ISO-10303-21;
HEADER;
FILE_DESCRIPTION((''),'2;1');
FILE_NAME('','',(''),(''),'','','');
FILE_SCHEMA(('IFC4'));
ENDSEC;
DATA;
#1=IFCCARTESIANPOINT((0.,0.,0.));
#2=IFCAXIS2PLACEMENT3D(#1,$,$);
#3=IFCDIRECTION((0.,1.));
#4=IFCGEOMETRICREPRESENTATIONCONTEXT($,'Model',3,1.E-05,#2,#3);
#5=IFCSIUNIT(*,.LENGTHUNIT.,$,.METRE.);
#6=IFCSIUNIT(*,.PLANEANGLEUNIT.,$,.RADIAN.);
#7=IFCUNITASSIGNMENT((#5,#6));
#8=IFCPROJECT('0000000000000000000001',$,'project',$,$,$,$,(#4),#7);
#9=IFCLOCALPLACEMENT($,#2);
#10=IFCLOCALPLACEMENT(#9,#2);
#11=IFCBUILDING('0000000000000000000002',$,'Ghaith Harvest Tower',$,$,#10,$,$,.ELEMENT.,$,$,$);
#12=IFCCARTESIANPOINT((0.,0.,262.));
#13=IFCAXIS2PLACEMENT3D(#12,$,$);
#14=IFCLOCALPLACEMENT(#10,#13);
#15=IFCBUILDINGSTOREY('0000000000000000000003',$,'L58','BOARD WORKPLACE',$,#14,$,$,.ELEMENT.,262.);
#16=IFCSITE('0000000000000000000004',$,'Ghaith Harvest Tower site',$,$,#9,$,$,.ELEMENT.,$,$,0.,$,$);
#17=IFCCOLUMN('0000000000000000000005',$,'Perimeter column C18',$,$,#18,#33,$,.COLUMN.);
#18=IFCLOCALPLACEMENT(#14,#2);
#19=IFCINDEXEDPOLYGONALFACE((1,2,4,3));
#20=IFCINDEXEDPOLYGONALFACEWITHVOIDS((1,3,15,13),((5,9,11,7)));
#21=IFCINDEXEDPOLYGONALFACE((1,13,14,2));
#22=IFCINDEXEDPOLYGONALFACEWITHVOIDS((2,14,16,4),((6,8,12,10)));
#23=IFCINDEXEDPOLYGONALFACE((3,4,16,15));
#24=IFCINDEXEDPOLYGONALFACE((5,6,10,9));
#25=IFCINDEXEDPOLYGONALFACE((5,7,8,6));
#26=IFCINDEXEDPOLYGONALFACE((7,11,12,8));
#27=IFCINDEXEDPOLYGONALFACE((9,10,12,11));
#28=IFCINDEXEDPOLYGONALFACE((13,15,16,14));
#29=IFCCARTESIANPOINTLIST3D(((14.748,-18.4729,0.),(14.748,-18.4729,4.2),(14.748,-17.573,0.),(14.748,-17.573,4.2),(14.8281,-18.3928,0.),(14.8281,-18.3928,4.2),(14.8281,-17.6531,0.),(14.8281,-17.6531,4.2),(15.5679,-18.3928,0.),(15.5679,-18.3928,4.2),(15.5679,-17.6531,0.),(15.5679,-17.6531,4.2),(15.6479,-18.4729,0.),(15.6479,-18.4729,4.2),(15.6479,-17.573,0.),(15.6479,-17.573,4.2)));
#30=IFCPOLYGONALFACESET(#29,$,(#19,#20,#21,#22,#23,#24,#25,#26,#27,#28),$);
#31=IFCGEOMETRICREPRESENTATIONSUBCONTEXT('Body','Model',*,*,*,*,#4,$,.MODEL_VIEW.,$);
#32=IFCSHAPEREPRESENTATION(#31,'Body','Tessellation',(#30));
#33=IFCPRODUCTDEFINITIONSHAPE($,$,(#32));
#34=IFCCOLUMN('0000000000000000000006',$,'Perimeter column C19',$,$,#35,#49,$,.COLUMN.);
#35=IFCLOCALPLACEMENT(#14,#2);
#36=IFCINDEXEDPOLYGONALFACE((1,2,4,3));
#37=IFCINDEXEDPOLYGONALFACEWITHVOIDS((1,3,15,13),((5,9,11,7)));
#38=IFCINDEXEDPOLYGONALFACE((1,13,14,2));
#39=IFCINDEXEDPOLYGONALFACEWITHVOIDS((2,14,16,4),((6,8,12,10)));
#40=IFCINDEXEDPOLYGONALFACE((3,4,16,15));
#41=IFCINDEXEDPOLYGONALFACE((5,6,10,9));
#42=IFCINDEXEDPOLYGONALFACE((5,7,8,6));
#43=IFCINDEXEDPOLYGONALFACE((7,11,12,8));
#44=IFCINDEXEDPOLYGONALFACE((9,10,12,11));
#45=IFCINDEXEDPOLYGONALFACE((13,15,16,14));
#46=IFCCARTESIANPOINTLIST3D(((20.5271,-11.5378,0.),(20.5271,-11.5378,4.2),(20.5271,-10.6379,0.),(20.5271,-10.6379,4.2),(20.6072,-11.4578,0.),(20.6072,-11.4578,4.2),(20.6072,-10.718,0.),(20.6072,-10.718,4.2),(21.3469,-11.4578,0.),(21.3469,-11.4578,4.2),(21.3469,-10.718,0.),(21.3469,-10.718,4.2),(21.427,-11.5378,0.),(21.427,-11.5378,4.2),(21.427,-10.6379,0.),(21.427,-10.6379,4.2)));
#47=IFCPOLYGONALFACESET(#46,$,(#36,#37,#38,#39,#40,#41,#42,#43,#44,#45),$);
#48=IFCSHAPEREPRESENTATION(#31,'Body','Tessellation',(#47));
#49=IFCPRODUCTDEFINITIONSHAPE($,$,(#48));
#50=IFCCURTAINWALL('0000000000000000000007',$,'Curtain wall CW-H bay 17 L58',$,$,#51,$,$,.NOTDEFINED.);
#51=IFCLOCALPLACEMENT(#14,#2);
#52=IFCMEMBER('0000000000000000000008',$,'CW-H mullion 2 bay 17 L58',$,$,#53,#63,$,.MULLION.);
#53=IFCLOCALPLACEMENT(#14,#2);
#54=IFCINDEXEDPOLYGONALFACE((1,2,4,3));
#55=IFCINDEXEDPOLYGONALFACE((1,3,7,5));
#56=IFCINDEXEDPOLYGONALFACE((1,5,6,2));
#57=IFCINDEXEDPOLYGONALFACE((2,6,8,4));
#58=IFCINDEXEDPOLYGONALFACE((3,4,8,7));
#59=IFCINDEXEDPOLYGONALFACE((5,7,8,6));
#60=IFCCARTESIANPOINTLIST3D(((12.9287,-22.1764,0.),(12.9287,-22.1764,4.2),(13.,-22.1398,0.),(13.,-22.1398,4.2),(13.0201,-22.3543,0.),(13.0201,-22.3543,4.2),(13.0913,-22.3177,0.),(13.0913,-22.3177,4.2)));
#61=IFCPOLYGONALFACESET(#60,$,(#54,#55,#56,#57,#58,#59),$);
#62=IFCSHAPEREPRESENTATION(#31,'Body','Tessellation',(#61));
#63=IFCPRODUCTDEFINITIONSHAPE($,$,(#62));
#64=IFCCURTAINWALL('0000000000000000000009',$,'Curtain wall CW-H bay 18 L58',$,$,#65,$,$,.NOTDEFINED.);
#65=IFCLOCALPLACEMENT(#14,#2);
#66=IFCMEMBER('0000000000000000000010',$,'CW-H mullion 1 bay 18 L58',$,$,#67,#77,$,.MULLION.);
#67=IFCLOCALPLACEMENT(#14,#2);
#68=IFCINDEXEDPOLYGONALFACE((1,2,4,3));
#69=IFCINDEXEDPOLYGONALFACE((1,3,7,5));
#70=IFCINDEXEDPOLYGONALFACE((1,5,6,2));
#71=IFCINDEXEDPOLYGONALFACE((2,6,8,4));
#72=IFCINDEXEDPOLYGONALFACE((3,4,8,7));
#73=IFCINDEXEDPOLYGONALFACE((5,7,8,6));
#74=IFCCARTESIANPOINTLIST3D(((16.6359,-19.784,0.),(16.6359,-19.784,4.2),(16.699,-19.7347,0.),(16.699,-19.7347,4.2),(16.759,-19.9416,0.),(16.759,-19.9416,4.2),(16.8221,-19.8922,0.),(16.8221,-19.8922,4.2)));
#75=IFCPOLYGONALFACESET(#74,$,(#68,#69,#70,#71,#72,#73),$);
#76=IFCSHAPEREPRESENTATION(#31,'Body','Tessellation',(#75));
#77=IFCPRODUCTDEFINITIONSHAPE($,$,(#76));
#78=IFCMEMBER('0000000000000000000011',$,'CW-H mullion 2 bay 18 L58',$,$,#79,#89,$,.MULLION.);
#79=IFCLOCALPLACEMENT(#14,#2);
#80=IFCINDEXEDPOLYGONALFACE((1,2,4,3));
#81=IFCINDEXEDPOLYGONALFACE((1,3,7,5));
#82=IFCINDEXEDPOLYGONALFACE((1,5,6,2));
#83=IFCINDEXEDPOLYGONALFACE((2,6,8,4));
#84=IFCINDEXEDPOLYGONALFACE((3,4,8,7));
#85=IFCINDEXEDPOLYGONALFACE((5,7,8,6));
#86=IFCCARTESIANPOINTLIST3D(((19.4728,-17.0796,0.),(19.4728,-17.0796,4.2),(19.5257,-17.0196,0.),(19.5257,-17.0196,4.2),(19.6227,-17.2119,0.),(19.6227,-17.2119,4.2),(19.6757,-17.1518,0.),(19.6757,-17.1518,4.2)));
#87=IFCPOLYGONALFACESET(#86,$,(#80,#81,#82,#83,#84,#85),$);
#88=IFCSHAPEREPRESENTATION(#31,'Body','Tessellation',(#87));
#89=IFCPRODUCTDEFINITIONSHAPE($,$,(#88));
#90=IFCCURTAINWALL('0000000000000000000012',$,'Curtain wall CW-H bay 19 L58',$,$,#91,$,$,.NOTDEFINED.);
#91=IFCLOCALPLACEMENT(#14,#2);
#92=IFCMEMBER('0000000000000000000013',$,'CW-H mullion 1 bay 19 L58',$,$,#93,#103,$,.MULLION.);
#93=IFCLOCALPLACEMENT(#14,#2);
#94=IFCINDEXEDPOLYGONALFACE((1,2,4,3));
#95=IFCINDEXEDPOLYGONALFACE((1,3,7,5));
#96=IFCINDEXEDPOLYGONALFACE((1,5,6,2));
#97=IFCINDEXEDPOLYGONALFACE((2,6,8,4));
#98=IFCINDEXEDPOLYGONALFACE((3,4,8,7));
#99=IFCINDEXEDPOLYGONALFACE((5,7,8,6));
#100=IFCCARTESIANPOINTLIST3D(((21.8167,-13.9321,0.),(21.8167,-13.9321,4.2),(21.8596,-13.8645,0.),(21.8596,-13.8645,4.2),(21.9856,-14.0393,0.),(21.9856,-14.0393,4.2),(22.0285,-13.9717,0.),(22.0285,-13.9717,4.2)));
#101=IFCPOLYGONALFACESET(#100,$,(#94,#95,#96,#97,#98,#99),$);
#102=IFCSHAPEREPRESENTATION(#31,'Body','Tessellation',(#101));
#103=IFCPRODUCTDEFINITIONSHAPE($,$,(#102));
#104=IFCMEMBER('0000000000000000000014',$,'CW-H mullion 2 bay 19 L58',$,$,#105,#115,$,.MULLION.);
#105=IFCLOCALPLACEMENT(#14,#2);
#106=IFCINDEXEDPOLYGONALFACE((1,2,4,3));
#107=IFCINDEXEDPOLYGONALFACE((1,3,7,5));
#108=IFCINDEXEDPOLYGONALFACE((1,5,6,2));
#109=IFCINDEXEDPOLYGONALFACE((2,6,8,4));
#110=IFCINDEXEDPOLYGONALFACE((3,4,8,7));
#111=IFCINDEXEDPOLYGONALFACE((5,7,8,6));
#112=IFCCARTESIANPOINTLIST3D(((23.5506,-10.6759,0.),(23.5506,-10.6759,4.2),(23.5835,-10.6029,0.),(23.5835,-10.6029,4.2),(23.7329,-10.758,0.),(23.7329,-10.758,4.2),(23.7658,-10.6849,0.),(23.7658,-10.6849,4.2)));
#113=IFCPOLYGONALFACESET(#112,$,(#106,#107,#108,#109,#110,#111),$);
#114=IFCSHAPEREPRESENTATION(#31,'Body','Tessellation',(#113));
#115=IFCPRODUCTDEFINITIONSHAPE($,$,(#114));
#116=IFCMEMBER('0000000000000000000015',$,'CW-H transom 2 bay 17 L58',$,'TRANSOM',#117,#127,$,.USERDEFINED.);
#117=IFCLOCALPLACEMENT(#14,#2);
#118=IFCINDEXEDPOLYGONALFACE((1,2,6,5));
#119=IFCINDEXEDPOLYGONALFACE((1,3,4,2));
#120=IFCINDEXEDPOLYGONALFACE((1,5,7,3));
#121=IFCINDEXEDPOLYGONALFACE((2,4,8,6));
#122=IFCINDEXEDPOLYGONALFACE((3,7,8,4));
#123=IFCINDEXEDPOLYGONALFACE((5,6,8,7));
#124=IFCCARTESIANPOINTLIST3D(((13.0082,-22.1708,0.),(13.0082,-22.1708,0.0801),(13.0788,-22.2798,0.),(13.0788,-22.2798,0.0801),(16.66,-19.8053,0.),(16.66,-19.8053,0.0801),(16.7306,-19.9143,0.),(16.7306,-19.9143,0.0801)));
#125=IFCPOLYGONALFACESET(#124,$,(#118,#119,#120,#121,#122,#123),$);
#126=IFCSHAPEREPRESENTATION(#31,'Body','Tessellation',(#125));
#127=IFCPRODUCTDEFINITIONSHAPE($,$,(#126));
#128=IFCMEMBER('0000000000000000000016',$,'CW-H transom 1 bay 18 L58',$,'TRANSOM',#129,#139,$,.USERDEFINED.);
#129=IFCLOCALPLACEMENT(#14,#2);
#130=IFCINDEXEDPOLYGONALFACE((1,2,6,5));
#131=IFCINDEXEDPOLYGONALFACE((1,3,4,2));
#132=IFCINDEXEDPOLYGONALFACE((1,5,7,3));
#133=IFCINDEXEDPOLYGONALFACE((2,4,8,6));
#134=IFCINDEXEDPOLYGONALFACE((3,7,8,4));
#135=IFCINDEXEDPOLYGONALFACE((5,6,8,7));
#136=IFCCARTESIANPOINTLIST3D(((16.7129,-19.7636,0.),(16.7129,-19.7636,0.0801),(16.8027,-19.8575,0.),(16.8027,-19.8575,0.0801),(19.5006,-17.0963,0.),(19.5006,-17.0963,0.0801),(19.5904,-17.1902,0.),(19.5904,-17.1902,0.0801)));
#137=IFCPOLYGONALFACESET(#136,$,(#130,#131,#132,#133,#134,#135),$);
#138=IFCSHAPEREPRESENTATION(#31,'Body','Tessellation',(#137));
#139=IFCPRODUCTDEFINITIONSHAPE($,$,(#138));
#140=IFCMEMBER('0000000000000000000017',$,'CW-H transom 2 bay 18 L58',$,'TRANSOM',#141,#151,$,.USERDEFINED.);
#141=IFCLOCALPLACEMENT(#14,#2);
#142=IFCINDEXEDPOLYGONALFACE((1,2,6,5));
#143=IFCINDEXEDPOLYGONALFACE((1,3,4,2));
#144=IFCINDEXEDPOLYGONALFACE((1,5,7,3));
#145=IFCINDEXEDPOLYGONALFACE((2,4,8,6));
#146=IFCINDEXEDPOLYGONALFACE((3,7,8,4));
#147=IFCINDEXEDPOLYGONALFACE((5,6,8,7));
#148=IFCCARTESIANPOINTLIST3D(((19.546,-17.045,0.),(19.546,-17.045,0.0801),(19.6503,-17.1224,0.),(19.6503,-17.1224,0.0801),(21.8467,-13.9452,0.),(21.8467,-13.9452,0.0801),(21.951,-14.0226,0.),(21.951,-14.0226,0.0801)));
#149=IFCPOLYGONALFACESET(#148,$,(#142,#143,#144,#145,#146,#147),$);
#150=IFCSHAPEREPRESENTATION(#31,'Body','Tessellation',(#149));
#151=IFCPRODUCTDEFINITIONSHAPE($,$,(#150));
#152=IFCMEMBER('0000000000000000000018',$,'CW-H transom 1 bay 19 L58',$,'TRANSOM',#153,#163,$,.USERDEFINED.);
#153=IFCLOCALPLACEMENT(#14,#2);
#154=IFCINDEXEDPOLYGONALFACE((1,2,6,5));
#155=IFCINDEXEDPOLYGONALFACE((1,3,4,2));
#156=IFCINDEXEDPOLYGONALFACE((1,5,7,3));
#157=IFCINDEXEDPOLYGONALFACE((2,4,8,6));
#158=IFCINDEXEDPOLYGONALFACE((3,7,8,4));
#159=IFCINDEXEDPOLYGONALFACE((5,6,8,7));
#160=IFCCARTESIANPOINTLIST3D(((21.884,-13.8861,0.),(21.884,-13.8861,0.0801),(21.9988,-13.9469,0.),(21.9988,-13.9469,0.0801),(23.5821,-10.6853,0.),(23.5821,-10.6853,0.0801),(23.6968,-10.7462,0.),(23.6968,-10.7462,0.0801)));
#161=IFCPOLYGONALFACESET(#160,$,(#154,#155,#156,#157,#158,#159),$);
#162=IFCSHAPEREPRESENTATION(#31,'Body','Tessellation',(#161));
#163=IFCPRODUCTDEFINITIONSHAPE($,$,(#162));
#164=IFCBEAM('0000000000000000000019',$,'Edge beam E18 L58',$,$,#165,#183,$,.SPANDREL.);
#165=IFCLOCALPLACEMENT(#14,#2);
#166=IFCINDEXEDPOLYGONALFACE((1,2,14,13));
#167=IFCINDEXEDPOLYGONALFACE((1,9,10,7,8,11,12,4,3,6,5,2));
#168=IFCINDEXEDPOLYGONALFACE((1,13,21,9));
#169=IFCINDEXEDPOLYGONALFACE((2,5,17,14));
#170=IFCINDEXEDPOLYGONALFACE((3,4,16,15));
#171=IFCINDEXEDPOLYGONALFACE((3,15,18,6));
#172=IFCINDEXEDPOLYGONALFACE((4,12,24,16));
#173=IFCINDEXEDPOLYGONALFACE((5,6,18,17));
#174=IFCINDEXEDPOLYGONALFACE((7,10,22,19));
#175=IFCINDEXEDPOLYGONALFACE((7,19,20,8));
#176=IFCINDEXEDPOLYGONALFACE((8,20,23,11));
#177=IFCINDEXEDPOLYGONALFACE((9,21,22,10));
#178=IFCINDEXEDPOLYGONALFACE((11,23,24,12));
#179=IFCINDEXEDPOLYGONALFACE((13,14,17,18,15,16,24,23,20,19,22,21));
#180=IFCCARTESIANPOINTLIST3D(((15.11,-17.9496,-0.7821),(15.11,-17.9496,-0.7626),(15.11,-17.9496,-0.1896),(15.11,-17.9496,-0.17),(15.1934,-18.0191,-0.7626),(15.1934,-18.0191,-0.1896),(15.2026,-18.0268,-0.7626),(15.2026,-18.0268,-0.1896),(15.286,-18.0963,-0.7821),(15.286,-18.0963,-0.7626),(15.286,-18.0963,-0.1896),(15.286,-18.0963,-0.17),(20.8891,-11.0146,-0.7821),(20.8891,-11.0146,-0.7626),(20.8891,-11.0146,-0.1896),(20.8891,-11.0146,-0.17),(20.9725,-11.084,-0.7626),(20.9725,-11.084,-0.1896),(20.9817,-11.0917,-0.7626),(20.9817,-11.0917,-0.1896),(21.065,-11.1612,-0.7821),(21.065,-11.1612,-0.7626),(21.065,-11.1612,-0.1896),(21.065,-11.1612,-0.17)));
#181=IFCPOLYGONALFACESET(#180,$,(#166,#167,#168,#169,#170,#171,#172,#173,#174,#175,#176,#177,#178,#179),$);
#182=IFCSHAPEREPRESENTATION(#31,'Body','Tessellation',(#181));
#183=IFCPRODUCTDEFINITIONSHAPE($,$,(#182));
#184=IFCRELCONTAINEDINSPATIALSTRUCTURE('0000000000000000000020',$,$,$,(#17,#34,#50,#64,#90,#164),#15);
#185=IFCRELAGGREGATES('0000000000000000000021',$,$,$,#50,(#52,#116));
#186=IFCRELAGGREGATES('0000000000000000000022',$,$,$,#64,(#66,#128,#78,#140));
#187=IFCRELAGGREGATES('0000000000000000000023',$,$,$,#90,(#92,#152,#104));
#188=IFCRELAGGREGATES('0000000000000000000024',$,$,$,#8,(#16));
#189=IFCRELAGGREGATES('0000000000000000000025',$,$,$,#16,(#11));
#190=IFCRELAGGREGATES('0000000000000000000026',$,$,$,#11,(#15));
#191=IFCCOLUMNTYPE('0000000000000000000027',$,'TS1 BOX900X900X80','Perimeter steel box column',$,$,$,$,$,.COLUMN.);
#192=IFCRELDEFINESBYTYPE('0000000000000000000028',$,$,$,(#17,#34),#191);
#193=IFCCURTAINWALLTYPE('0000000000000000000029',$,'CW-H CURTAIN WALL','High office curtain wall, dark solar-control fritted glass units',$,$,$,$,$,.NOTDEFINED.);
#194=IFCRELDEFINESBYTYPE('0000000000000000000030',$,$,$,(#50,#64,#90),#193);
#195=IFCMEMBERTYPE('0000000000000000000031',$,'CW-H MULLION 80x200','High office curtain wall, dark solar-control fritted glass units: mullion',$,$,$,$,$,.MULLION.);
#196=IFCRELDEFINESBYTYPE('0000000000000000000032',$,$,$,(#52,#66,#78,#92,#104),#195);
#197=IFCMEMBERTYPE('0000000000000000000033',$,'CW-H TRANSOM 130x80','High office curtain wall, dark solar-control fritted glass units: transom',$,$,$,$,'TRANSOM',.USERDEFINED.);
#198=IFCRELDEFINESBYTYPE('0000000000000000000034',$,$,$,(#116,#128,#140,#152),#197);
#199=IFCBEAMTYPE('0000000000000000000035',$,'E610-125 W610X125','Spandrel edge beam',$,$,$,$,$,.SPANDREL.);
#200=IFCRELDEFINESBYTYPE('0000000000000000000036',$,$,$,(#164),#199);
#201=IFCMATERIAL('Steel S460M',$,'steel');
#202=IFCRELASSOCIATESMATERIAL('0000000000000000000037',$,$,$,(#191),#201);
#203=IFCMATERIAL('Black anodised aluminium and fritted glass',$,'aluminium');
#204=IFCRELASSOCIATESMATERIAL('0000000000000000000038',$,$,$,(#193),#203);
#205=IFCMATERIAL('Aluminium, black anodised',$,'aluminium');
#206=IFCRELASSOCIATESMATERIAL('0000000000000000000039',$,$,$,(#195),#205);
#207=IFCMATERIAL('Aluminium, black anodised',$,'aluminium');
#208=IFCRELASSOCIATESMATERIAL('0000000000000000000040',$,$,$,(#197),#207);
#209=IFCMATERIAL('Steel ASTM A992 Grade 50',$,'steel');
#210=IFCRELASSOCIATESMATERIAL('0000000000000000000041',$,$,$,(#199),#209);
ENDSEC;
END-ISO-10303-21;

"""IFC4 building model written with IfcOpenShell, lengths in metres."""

from ifc_helpers import new_model, si_unit, direction, frame, origin, origin_2d, place, context, subcontext, project, spatial, rectangle, hollow_rectangle, i_section, extrude, material, material_profile, profile_set, type_object, element, aggregate, save


model = new_model("IFC4")

# Units and contexts
model_context = context("Model", 3, precision=1e-05, world=origin(), true_north=direction((0.0, 1.0)))
body_context = subcontext(model_context, "Body", "Model", "MODEL_VIEW")
ifc_project = project(units=[si_unit("LENGTHUNIT", "METRE"), si_unit("PLANEANGLEUNIT", "RADIAN")], contexts=[model_context])

# Site, building, storey
site_placement = place(None, origin())
site = spatial("IfcSite", under=ifc_project, at=site_placement, Name="Ghaith Harvest Tower site", CompositionType="ELEMENT", RefElevation=0.0)
building_placement = place(site_placement, origin())
building = spatial("IfcBuilding", under=site, at=building_placement, Name="Ghaith Harvest Tower", CompositionType="ELEMENT")
storey_placement = place(building_placement, frame((0.0, 0.0, 262.0)))
storey = spatial("IfcBuildingStorey", under=building, at=storey_placement, Name="L58", Description="BOARD WORKPLACE", CompositionType="ELEMENT", Elevation=262.0)

# Columns
ifc_material_1 = material(Name="Steel S460M", Category="steel")
ifc_material_profile_1 = material_profile(ifc_material_1, hollow_rectangle(XDim=0.8999, YDim=0.8999, WallThickness=0.0801, at=origin_2d()), Name="BOX900X900X80")
ifc_profile_set_1 = profile_set([ifc_material_profile_1], Name="Steel S460M")
column_type = type_object("IfcColumnType", Name="TS1 BOX900X900X80", Description="Perimeter steel box column", PredefinedType="COLUMN", material=ifc_profile_set_1)
for number, where, z_axis, x_axis, name in (
    (1, (15.198, -18.0229, 0.0), (0.0, 0.0, 1.0), (1.0, 0.0, 0.0), "Perimeter column C18"),
    (2, (20.9771, -11.0879, 0.0), (0.0, 0.0, 1.0), (1.0, 0.0, 0.0), "Perimeter column C19"),
):
    element("IfcColumn", number, at=place(storey_placement, frame(where, z_axis=z_axis, x_axis=x_axis)), inside=storey, type_object=column_type, Name=name, PredefinedType="COLUMN", context=body_context, shape_type="SweptSolid", body=[
        extrude(hollow_rectangle(XDim=0.8999, YDim=0.8999, WallThickness=0.0801, at=origin_2d()), origin(), (0.0, 0.0, 1.0), 4.2),
    ])

# Curtain wall, member
ifc_material_2 = material(Name="Black anodised aluminium and fritted glass", Category="aluminium")
curtain_wall_type = type_object("IfcCurtainWallType", Name="CW-H CURTAIN WALL", Description="High office curtain wall, dark solar-control fritted glass units", PredefinedType="NOTDEFINED", material=ifc_material_2)
curtain_wall_1_placement = place(storey_placement, origin())
curtain_wall_1 = element("IfcCurtainWall", 3, at=curtain_wall_1_placement, inside=storey, type_object=curtain_wall_type, Name="Curtain wall CW-H bay 17 L58", PredefinedType="NOTDEFINED")
ifc_material_3 = material(Name="Aluminium, black anodised", Category="aluminium")
ifc_material_profile_2 = material_profile(ifc_material_3, rectangle(XDim=0.0801, YDim=0.2, at=origin_2d()), Name="CW-H MULLION 80x200")
ifc_profile_set_2 = profile_set([ifc_material_profile_2], Name="Aluminium, black anodised")
member_type_1 = type_object("IfcMemberType", Name="CW-H MULLION 80x200", Description="High office curtain wall, dark solar-control fritted glass units: mullion", PredefinedType="MULLION", material=ifc_profile_set_2)
member_1_placement = place(storey_placement, frame((13.01, -22.2471, 0.0), z_axis=(0.0, 0.0, 1.0), x_axis=(0.889568, 0.456802, 0.0)))
member_1 = element("IfcMember", 4, at=member_1_placement, type_object=member_type_1, Name="CW-H mullion 2 bay 17 L58", PredefinedType="MULLION", context=body_context, shape_type="SweptSolid", body=[
    extrude(rectangle(XDim=0.0801, YDim=0.2, at=origin_2d()), origin(), (0.0, 0.0, 1.0), 4.2),
])

# Curtain walls, members
curtain_wall_2_placement = place(storey_placement, origin())
curtain_wall_2 = element("IfcCurtainWall", 5, at=curtain_wall_2_placement, inside=storey, type_object=curtain_wall_type, Name="Curtain wall CW-H bay 18 L58", PredefinedType="NOTDEFINED")
member_2_placement = place(storey_placement, frame((16.729, -19.8381, 0.0), z_axis=(0.0, 0.0, 1.0), x_axis=(0.787846, 0.615873, 0.0)))
member_2 = element("IfcMember", 6, at=member_2_placement, type_object=member_type_1, Name="CW-H mullion 1 bay 18 L58", PredefinedType="MULLION", context=body_context, shape_type="SweptSolid", body=[
    extrude(rectangle(XDim=0.0801, YDim=0.2, at=origin_2d()), origin(), (0.0, 0.0, 1.0), 4.2),
])
member_3_placement = place(storey_placement, frame((19.5742, -17.1157, 0.0), z_axis=(0.0, 0.0, 1.0), x_axis=(0.661615, 0.749844, 0.0)))
member_3 = element("IfcMember", 7, at=member_3_placement, type_object=member_type_1, Name="CW-H mullion 2 bay 18 L58", PredefinedType="MULLION", context=body_context, shape_type="SweptSolid", body=[
    extrude(rectangle(XDim=0.0801, YDim=0.2, at=origin_2d()), origin(), (0.0, 0.0, 1.0), 4.2),
])
curtain_wall_3_placement = place(storey_placement, origin())
curtain_wall_3 = element("IfcCurtainWall", 8, at=curtain_wall_3_placement, inside=storey, type_object=curtain_wall_type, Name="Curtain wall CW-H bay 19 L58", PredefinedType="NOTDEFINED")
member_4_placement = place(storey_placement, frame((21.9226, -13.9519, 0.0), z_axis=(0.0, 0.0, 1.0), x_axis=(0.535827, 0.844328, 0.0)))
member_4 = element("IfcMember", 9, at=member_4_placement, type_object=member_type_1, Name="CW-H mullion 1 bay 19 L58", PredefinedType="MULLION", context=body_context, shape_type="SweptSolid", body=[
    extrude(rectangle(XDim=0.0801, YDim=0.2, at=origin_2d()), origin(), (0.0, 0.0, 1.0), 4.2),
])
member_5_placement = place(storey_placement, frame((23.6582, -10.6804, 0.0), z_axis=(0.0, 0.0, 1.0), x_axis=(0.41043, 0.911892, 0.0)))
member_5 = element("IfcMember", 10, at=member_5_placement, type_object=member_type_1, Name="CW-H mullion 2 bay 19 L58", PredefinedType="MULLION", context=body_context, shape_type="SweptSolid", body=[
    extrude(rectangle(XDim=0.0801, YDim=0.2, at=origin_2d()), origin(), (0.0, 0.0, 1.0), 4.2),
])

# Members
ifc_material_4 = material(Name="Aluminium, black anodised", Category="aluminium")
ifc_material_profile_3 = material_profile(ifc_material_4, rectangle(XDim=0.1299, YDim=0.0801, at=origin_2d()), Name="CW-H TRANSOM 130x80")
ifc_profile_set_3 = profile_set([ifc_material_profile_3], Name="Aluminium, black anodised")
member_type_2 = type_object("IfcMemberType", Name="CW-H TRANSOM 130x80", Description="High office curtain wall, dark solar-control fritted glass units: transom", ElementType="TRANSOM", PredefinedType="USERDEFINED", material=ifc_profile_set_3)
member_6_placement = place(storey_placement, frame((13.0435, -22.2253, 0.04), z_axis=(0.839307, 0.543658, 0.0), x_axis=(-0.543658, 0.839307, 0.0)))
member_6 = element("IfcMember", 11, at=member_6_placement, type_object=member_type_2, Name="CW-H transom 2 bay 17 L58", ObjectType="TRANSOM", PredefinedType="USERDEFINED", context=body_context, shape_type="SweptSolid", body=[
    extrude(rectangle(XDim=0.1299, YDim=0.0801, at=origin_2d()), origin(), (0.0, 0.0, 1.0), 4.3511),
])
member_7_placement = place(storey_placement, frame((16.7578, -19.8105, 0.04), z_axis=(0.722533, 0.691336, 0.0), x_axis=(-0.691336, 0.722533, 0.0)))
member_7 = element("IfcMember", 12, at=member_7_placement, type_object=member_type_2, Name="CW-H transom 1 bay 18 L58", ObjectType="TRANSOM", PredefinedType="USERDEFINED", context=body_context, shape_type="SweptSolid", body=[
    extrude(rectangle(XDim=0.1299, YDim=0.0801, at=origin_2d()), origin(), (0.0, 0.0, 1.0), 3.8582),
])
member_8_placement = place(storey_placement, frame((19.5981, -17.0837, 0.04), z_axis=(0.595996, 0.802988, 0.0), x_axis=(-0.802988, 0.595996, 0.0)))
member_8 = element("IfcMember", 13, at=member_8_placement, type_object=member_type_2, Name="CW-H transom 2 bay 18 L58", ObjectType="TRANSOM", PredefinedType="USERDEFINED", context=body_context, shape_type="SweptSolid", body=[
    extrude(rectangle(XDim=0.1299, YDim=0.0801, at=origin_2d()), origin(), (0.0, 0.0, 1.0), 3.8604),
])
member_9_placement = place(storey_placement, frame((21.9414, -13.9165, 0.04), z_axis=(0.468646, 0.883386, 0.0), x_axis=(-0.883386, 0.468646, 0.0)))
member_9 = element("IfcMember", 14, at=member_9_placement, type_object=member_type_2, Name="CW-H transom 1 bay 19 L58", ObjectType="TRANSOM", PredefinedType="USERDEFINED", context=body_context, shape_type="SweptSolid", body=[
    extrude(rectangle(XDim=0.1299, YDim=0.0801, at=origin_2d()), origin(), (0.0, 0.0, 1.0), 3.6233),
])

# Beam
ifc_material_5 = material(Name="Steel ASTM A992 Grade 50", Category="steel")
ifc_material_profile_4 = material_profile(ifc_material_5, i_section(OverallWidth=0.229, OverallDepth=0.6121, WebThickness=0.012, FlangeThickness=0.0195, at=origin_2d()), Name="W610X125")
ifc_profile_set_4 = profile_set([ifc_material_profile_4], Name="Steel ASTM A992 Grade 50")
beam_type = type_object("IfcBeamType", Name="E610-125 W610X125", Description="Spandrel edge beam", PredefinedType="SPANDREL", material=ifc_profile_set_4)
beam_1_placement = place(storey_placement, frame((15.198, -18.0229, -0.4761), z_axis=(0.640174, 0.76823, 0.0), x_axis=(-0.76823, 0.640174, 0.0)))
element("IfcBeam", 15, at=beam_1_placement, inside=storey, type_object=beam_type, Name="Edge beam E18 L58", PredefinedType="SPANDREL", context=body_context, shape_type="SweptSolid", body=[
    extrude(i_section(OverallWidth=0.229, OverallDepth=0.6121, WebThickness=0.012, FlangeThickness=0.0195, at=origin_2d()), origin(), (0.0, 0.0, 1.0), 9.0273),
])

aggregate(curtain_wall_1, [member_1, member_6])
aggregate(curtain_wall_2, [member_2, member_7, member_3, member_8])
aggregate(curtain_wall_3, [member_4, member_9, member_5])

save(model, "model.ifc")
